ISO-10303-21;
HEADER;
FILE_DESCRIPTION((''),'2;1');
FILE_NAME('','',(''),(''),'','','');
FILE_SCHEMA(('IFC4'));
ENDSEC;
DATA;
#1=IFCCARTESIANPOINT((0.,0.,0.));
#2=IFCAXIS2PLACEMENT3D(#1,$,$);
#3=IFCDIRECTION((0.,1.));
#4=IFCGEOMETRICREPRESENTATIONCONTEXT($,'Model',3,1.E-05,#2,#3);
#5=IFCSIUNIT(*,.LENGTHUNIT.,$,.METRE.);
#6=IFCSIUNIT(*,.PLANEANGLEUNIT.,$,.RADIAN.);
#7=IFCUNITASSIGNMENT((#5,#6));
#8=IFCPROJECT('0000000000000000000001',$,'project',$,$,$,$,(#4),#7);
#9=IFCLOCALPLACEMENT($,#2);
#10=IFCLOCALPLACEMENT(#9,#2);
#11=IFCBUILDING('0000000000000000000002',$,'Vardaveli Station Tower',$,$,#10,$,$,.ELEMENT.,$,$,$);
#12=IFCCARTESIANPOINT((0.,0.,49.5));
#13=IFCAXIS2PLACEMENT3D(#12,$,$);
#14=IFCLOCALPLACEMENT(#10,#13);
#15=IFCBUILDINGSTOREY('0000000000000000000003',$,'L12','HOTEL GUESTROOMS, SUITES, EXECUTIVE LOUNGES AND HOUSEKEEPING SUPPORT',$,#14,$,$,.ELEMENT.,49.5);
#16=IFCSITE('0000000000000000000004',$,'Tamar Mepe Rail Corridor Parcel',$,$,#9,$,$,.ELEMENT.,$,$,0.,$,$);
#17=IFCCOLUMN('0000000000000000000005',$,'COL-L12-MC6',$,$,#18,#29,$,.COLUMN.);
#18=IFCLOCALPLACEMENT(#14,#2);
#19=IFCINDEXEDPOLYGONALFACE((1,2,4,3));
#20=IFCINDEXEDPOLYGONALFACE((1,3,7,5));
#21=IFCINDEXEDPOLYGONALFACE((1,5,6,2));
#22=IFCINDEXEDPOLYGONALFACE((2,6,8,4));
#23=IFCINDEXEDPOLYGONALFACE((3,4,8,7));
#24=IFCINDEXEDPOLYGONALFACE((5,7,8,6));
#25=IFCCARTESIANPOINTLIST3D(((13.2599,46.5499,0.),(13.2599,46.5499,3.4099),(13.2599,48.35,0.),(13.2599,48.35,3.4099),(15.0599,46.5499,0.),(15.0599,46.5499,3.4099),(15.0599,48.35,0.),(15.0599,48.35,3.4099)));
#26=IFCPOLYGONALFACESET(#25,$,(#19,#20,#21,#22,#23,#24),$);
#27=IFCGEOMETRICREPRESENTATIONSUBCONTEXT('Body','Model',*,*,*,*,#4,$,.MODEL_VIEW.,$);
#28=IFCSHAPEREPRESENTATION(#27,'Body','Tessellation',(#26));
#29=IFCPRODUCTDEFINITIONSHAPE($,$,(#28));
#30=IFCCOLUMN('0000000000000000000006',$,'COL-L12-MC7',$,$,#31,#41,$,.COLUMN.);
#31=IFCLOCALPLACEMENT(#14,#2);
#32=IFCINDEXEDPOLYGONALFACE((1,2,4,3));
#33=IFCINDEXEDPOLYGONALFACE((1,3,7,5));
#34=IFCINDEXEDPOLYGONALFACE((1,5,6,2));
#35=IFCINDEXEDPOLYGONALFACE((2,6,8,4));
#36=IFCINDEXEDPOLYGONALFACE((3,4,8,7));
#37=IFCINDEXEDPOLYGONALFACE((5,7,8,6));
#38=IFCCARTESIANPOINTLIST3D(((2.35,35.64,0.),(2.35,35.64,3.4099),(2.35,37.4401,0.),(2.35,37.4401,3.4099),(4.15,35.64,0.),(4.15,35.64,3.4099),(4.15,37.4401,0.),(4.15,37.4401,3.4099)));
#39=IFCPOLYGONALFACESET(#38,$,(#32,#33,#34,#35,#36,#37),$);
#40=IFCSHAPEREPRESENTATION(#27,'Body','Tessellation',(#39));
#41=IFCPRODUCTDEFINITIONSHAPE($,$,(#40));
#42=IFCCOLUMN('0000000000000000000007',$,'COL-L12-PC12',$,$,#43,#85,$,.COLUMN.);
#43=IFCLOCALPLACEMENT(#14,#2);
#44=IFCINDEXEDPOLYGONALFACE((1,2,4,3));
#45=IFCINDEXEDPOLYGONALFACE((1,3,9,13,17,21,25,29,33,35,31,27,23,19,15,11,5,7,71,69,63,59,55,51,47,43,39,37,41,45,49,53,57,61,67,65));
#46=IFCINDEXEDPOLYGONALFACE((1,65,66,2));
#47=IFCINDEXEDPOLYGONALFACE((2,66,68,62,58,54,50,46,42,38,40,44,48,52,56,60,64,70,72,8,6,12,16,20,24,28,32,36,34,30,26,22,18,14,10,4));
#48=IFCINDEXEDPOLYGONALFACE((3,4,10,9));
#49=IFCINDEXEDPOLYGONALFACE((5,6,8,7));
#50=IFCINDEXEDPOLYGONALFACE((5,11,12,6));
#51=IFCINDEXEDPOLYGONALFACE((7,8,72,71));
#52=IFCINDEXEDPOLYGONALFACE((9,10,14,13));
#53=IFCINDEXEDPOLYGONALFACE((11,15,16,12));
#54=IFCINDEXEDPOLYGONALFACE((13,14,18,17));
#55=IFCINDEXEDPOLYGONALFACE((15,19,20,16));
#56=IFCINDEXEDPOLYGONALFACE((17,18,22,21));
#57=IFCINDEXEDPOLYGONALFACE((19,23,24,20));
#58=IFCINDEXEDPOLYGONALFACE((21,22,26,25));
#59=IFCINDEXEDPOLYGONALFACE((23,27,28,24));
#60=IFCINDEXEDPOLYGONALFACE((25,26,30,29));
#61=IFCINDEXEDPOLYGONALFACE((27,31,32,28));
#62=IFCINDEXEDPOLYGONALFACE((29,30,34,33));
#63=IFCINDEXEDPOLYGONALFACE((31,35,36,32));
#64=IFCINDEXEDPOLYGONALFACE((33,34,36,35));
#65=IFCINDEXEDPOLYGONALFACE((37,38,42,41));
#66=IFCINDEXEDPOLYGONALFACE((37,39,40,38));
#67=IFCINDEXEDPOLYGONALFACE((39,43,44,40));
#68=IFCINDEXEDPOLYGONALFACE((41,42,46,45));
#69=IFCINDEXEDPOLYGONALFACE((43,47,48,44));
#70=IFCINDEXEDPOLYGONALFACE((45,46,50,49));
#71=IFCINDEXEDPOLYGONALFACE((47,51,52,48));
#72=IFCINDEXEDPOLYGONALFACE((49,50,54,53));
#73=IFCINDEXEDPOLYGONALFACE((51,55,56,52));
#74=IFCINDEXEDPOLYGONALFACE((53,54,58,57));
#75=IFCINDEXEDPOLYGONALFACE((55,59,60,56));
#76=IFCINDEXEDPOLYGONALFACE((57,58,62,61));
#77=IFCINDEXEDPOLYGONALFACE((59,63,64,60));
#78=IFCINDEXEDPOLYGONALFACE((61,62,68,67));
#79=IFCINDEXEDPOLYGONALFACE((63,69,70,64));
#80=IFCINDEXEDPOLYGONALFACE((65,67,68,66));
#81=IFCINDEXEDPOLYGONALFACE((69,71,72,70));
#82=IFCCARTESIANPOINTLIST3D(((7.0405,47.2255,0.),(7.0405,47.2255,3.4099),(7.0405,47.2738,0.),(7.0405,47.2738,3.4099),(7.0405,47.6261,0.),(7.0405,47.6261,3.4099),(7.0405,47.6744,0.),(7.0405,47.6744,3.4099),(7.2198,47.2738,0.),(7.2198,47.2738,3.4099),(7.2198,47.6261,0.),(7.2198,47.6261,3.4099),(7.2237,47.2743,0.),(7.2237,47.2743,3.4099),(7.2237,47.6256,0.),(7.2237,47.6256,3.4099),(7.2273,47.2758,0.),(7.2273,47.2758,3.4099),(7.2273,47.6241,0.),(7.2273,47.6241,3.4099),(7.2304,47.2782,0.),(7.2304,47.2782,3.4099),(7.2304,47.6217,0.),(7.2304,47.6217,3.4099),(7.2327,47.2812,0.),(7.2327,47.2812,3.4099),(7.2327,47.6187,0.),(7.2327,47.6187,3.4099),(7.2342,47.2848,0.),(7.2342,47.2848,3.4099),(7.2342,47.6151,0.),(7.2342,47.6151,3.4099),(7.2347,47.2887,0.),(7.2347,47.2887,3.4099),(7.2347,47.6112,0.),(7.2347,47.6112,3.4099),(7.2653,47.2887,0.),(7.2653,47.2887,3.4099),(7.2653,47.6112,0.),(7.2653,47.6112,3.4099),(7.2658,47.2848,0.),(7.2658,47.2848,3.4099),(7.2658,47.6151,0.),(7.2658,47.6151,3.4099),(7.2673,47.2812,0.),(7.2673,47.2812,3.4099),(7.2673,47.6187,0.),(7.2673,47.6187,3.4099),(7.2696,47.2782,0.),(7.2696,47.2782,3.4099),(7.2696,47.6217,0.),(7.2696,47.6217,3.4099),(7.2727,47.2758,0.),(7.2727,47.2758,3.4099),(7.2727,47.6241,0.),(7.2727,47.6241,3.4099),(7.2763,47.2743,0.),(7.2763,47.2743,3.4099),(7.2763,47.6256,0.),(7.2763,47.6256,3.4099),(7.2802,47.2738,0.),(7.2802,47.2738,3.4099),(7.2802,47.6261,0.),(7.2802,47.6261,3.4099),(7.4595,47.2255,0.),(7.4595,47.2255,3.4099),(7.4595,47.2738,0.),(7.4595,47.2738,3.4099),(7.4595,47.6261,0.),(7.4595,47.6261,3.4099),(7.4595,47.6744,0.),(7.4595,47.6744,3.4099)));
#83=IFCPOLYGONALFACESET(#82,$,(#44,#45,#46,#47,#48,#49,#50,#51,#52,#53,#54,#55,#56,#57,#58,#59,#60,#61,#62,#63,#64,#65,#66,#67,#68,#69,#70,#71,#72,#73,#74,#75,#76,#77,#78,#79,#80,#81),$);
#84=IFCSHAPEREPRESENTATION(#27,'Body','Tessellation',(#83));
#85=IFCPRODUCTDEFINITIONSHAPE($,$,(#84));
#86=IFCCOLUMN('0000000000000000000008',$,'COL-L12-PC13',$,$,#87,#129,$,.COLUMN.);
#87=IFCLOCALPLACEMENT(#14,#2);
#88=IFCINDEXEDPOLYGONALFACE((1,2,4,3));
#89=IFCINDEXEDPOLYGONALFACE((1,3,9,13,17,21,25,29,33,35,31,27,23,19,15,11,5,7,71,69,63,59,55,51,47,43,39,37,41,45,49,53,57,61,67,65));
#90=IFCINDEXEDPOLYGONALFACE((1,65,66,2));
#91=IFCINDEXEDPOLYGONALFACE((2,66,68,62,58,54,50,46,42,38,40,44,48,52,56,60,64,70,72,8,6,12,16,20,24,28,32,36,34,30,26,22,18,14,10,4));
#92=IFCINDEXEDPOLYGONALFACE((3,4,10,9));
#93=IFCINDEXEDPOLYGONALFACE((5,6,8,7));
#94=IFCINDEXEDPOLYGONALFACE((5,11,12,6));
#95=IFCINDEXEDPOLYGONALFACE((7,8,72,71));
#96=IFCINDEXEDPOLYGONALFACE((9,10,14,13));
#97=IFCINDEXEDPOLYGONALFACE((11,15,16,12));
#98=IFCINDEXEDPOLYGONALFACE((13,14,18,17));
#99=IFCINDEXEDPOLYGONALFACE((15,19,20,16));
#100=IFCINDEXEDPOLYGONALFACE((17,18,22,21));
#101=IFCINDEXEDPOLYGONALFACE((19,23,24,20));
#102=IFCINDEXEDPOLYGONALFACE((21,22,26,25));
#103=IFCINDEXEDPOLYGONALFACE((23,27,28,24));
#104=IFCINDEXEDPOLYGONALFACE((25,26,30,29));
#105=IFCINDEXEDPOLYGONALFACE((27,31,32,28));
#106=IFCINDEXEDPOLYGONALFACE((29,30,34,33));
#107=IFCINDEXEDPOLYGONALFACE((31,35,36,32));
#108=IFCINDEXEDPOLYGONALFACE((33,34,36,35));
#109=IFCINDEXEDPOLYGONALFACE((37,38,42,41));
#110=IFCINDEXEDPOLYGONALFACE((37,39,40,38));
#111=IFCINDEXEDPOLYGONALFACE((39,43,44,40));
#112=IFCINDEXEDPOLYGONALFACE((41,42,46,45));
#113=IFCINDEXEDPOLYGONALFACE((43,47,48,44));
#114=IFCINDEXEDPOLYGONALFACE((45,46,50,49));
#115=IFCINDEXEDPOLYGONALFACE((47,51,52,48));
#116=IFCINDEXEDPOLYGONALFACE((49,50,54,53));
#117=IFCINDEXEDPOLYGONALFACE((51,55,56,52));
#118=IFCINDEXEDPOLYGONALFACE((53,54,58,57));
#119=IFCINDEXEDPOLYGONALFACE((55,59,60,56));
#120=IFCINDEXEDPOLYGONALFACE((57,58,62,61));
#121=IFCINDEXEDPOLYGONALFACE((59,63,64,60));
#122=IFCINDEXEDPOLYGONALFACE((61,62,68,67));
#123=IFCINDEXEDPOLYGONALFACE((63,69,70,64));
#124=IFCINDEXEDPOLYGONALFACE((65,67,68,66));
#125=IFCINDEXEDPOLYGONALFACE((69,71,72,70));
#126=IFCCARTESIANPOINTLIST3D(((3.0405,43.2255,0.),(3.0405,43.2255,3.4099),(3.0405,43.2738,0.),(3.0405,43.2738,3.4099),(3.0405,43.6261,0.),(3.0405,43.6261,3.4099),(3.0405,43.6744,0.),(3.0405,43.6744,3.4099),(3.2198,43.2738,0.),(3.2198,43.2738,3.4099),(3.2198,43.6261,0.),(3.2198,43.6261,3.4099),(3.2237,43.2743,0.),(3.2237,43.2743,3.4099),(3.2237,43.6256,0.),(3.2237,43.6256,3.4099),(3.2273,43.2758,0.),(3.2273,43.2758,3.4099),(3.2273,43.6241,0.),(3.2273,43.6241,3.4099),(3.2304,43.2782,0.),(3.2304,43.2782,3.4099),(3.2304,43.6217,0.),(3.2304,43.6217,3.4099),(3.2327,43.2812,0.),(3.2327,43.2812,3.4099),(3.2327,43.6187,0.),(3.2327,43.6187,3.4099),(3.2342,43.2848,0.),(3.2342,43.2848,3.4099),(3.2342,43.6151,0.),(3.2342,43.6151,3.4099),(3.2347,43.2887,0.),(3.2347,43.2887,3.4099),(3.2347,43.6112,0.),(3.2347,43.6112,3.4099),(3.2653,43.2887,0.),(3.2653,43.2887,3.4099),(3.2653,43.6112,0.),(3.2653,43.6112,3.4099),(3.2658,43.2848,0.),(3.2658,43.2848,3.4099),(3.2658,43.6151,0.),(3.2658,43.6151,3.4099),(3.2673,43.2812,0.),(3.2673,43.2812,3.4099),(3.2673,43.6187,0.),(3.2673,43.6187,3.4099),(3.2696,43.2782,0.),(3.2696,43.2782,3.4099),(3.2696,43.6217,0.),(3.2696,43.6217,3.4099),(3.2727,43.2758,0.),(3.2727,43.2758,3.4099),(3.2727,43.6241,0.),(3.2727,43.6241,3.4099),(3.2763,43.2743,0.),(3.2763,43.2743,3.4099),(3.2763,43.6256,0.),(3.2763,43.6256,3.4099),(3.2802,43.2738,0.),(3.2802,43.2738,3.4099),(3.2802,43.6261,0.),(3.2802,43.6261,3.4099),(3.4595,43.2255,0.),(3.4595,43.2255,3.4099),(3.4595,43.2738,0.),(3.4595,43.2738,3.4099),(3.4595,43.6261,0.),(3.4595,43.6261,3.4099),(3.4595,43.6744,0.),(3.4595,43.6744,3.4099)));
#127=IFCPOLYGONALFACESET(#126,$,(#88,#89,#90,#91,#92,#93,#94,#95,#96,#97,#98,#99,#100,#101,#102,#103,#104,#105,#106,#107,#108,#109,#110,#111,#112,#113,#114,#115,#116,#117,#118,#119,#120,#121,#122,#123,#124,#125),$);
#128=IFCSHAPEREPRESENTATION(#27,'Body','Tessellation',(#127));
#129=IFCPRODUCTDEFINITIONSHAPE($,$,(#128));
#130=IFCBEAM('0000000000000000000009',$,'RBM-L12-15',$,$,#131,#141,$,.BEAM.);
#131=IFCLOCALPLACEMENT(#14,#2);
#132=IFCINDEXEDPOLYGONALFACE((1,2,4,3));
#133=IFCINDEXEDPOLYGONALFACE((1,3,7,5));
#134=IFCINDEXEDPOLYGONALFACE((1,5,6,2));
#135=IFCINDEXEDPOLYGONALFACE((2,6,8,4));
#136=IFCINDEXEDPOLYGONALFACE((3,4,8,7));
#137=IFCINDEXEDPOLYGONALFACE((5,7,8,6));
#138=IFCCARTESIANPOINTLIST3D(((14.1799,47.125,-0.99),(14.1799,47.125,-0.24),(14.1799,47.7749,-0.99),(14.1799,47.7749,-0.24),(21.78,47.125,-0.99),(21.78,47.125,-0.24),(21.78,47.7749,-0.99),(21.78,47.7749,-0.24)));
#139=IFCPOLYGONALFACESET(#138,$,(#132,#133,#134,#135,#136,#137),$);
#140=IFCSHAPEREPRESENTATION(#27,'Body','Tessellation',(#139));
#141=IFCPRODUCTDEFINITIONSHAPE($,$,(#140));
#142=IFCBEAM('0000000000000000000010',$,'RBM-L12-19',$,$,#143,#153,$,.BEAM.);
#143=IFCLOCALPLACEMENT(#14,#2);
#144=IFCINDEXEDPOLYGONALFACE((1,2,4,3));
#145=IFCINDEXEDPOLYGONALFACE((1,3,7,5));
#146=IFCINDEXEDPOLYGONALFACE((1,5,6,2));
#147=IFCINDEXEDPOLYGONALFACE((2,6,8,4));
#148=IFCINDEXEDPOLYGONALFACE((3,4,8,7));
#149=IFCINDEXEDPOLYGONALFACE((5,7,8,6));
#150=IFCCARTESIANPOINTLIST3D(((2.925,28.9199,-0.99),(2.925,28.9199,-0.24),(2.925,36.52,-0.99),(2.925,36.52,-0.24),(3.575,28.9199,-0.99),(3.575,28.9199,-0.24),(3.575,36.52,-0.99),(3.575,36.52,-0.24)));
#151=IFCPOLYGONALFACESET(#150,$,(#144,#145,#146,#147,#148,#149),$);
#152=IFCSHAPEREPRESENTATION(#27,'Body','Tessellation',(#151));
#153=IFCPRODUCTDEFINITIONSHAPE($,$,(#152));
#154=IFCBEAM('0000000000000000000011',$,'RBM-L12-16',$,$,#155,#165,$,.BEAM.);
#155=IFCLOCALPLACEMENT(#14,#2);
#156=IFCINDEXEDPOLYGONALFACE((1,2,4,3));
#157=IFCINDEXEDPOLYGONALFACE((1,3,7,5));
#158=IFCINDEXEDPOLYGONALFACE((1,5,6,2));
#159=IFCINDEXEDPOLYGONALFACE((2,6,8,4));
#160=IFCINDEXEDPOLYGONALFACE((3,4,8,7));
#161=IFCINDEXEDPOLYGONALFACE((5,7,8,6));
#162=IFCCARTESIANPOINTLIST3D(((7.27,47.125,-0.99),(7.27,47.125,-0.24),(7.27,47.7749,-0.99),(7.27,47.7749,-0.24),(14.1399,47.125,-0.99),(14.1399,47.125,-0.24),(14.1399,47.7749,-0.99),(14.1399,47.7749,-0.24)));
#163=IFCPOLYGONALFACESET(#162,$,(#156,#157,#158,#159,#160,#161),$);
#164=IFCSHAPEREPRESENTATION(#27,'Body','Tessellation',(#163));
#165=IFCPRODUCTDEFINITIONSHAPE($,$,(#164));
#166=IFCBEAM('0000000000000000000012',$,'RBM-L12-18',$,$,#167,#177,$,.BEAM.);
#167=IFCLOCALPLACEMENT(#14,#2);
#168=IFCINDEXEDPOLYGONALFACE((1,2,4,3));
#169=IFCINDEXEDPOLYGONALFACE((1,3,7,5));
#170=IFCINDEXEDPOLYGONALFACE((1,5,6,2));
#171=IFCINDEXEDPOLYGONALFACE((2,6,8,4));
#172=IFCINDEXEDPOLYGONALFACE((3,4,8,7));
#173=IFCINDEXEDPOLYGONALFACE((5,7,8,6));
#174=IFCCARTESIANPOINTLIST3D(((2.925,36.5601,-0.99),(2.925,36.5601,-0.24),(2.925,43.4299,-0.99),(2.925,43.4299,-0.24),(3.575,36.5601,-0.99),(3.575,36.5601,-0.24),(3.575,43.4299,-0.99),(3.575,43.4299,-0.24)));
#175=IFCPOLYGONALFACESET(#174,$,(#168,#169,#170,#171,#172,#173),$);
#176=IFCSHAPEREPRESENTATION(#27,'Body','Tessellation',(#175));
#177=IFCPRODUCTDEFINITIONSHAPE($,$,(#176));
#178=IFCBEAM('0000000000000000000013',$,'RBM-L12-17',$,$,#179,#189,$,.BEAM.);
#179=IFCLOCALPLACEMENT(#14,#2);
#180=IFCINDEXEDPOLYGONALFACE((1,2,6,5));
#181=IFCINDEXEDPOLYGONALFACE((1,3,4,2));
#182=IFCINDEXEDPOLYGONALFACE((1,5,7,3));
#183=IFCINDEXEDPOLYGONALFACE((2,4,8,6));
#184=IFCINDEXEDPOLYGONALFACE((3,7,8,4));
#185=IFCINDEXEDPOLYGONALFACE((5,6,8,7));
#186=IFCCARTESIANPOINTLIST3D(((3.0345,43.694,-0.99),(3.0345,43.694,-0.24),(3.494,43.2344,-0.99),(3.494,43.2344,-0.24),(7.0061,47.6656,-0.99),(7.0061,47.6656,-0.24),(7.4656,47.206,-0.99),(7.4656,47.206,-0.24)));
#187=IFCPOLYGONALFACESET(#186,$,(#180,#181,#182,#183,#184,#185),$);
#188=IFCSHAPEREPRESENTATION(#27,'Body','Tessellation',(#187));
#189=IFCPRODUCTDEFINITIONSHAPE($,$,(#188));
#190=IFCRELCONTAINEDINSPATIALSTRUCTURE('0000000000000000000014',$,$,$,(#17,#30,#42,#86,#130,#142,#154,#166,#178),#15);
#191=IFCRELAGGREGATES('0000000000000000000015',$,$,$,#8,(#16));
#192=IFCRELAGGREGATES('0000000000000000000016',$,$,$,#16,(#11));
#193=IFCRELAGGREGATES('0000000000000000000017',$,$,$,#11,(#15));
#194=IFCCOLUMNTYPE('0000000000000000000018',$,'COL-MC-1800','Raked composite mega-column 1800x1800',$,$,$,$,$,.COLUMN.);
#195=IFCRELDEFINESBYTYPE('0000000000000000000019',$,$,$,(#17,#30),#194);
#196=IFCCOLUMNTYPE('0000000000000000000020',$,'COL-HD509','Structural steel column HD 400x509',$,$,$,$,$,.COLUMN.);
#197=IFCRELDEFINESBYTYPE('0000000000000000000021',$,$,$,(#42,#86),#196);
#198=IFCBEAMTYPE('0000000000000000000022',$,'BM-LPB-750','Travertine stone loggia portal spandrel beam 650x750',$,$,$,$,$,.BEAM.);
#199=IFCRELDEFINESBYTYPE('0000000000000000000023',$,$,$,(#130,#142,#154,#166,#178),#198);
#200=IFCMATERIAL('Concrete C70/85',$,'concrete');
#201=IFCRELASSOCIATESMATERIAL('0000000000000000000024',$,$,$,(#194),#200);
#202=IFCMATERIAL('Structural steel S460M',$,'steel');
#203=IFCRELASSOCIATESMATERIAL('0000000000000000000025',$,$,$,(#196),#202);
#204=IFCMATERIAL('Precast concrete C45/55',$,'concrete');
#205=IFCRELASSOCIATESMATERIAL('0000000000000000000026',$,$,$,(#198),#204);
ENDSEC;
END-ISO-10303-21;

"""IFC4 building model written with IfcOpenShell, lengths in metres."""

from ifc_helpers import new_model, si_unit, direction, frame, origin, origin_2d, place, context, subcontext, project, spatial, rectangle, i_section, extrude, source, transform, mapped, material, material_profile, profile_set, type_object, element, save


model = new_model("IFC4")

# Units and contexts
model_context = context("Model", 3, precision=1e-05, world=origin(), true_north=direction((0.0, 1.0)))
body_context = subcontext(model_context, "Body", "Model", "MODEL_VIEW")
ifc_project = project(units=[si_unit("LENGTHUNIT", "METRE"), si_unit("PLANEANGLEUNIT", "RADIAN")], contexts=[model_context])

# Site, building, storey
site_placement = place(None, origin())
site = spatial("IfcSite", under=ifc_project, at=site_placement, Name="Tamar Mepe Rail Corridor Parcel", CompositionType="ELEMENT", RefElevation=0.0)
building_placement = place(site_placement, origin())
building = spatial("IfcBuilding", under=site, at=building_placement, Name="Vardaveli Station Tower", CompositionType="ELEMENT")
storey_placement = place(building_placement, frame((0.0, 0.0, 49.5)))
storey = spatial("IfcBuildingStorey", under=building, at=storey_placement, Name="L12", Description="HOTEL GUESTROOMS, SUITES, EXECUTIVE LOUNGES AND HOUSEKEEPING SUPPORT", CompositionType="ELEMENT", Elevation=49.5)

# Columns
ifc_material_1 = material(Name="Concrete C70/85", Category="concrete")
ifc_material_profile_1 = material_profile(ifc_material_1, rectangle(XDim=1.8, YDim=1.8, at=origin_2d()), Name="MC 1800x1800")
ifc_profile_set_1 = profile_set([ifc_material_profile_1], Name="Concrete C70/85")
column_type_1 = type_object("IfcColumnType", Name="COL-MC-1800", Description="Raked composite mega-column 1800x1800", PredefinedType="COLUMN", material=ifc_profile_set_1)
shared_shape_1 = source(origin(), body_context, "Body", "SweptSolid", [
    extrude(rectangle(XDim=1.8, YDim=1.8, at=origin_2d()), origin(), (0.0, 0.0, 1.0), 3.4099),
])
for number, where, z_axis, x_axis, name in (
    (1, (14.1599, 47.45, 0.0), (0.0, 0.0, 1.0), (1.0, 0.0, 0.0), "COL-L12-MC6"),
    (2, (3.25, 36.54, 0.0), (0.0, 0.0, 1.0), (1.0, 0.0, 0.0), "COL-L12-MC7"),
):
    element("IfcColumn", number, at=place(storey_placement, frame(where, z_axis=z_axis, x_axis=x_axis)), inside=storey, type_object=column_type_1, Name=name, PredefinedType="COLUMN", context=body_context, shape_type="MappedRepresentation", body=[
        mapped(shared_shape_1, transform((0.0, 0.0, 0.0), scale=1.0)),
    ])
ifc_material_2 = material(Name="Structural steel S460M", Category="steel")
ifc_material_profile_2 = material_profile(ifc_material_2, i_section(OverallWidth=0.4189, OverallDepth=0.449, WebThickness=0.0305, FlangeThickness=0.0483, FilletRadius=0.0149, at=origin_2d()), Name="HD 400x509")
ifc_profile_set_2 = profile_set([ifc_material_profile_2], Name="Structural steel S460M")
column_type_2 = type_object("IfcColumnType", Name="COL-HD509", Description="Structural steel column HD 400x509", PredefinedType="COLUMN", material=ifc_profile_set_2)
shared_shape_2 = source(origin(), body_context, "Body", "SweptSolid", [
    extrude(i_section(OverallWidth=0.4189, OverallDepth=0.449, WebThickness=0.0305, FlangeThickness=0.0483, FilletRadius=0.0149, at=origin_2d()), origin(), (0.0, 0.0, 1.0), 3.4099),
])
for number, where, z_axis, x_axis, name in (
    (3, (7.25, 47.45, 0.0), (0.0, 0.0, 1.0), (1.0, 0.0, 0.0), "COL-L12-PC12"),
    (4, (3.25, 43.45, 0.0), (0.0, 0.0, 1.0), (1.0, 0.0, 0.0), "COL-L12-PC13"),
):
    element("IfcColumn", number, at=place(storey_placement, frame(where, z_axis=z_axis, x_axis=x_axis)), inside=storey, type_object=column_type_2, Name=name, PredefinedType="COLUMN", context=body_context, shape_type="MappedRepresentation", body=[
        mapped(shared_shape_2, transform((0.0, 0.0, 0.0), scale=1.0)),
    ])

# Beams
ifc_material_3 = material(Name="Precast concrete C45/55", Category="concrete")
ifc_material_profile_3 = material_profile(ifc_material_3, rectangle(XDim=0.6499, YDim=0.75, at=origin_2d()), Name="LPB 650x750")
ifc_profile_set_3 = profile_set([ifc_material_profile_3], Name="Precast concrete C45/55")
beam_type = type_object("IfcBeamType", Name="BM-LPB-750", Description="Travertine stone loggia portal spandrel beam 650x750", PredefinedType="BEAM", material=ifc_profile_set_3)
shared_shape_3 = source(origin(), body_context, "Body", "SweptSolid", [
    extrude(rectangle(XDim=0.6499, YDim=0.75, at=origin_2d()), origin(), (0.0, 0.0, 1.0), 7.6001),
])
for number, where, z_axis, x_axis, name in (
    (5, (21.78, 47.45, -0.615), (-1.0, 0.0, 0.0), (0.0, -1.0, 0.0), "RBM-L12-15"),
    (6, (3.25, 36.52, -0.615), (0.0, -1.0, 0.0), (1.0, 0.0, 0.0), "RBM-L12-19"),
):
    element("IfcBeam", number, at=place(storey_placement, frame(where, z_axis=z_axis, x_axis=x_axis)), inside=storey, type_object=beam_type, Name=name, PredefinedType="BEAM", context=body_context, shape_type="MappedRepresentation", body=[
        mapped(shared_shape_3, transform((0.0, 0.0, 0.0), scale=1.0)),
    ])
shared_shape_4 = source(origin(), body_context, "Body", "SweptSolid", [
    extrude(rectangle(XDim=0.6499, YDim=0.75, at=origin_2d()), origin(), (0.0, 0.0, 1.0), 6.8699),
])
for number, where, z_axis, x_axis, name in (
    (7, (14.1399, 47.45, -0.615), (-1.0, 0.0, 0.0), (0.0, -1.0, 0.0), "RBM-L12-16"),
    (8, (3.25, 43.4299, -0.615), (0.0, -1.0, 0.0), (1.0, 0.0, 0.0), "RBM-L12-18"),
):
    element("IfcBeam", number, at=place(storey_placement, frame(where, z_axis=z_axis, x_axis=x_axis)), inside=storey, type_object=beam_type, Name=name, PredefinedType="BEAM", context=body_context, shape_type="MappedRepresentation", body=[
        mapped(shared_shape_4, transform((0.0, 0.0, 0.0), scale=1.0)),
    ])
shared_shape_5 = source(origin(), body_context, "Body", "SweptSolid", [
    extrude(rectangle(XDim=0.6499, YDim=0.75, at=origin_2d()), origin(), (0.0, 0.0, 1.0), 5.6167),
])
beam_placement = place(storey_placement, frame((7.2358, 47.4358, -0.615), z_axis=(-0.707107, -0.707107, 0.0), x_axis=(0.707107, -0.707107, 0.0)))
element("IfcBeam", 9, at=beam_placement, inside=storey, type_object=beam_type, Name="RBM-L12-17", PredefinedType="BEAM", context=body_context, shape_type="MappedRepresentation", body=[
    mapped(shared_shape_5, transform((0.0, 0.0, 0.0), scale=1.0)),
])

save(model, "model.ifc")
